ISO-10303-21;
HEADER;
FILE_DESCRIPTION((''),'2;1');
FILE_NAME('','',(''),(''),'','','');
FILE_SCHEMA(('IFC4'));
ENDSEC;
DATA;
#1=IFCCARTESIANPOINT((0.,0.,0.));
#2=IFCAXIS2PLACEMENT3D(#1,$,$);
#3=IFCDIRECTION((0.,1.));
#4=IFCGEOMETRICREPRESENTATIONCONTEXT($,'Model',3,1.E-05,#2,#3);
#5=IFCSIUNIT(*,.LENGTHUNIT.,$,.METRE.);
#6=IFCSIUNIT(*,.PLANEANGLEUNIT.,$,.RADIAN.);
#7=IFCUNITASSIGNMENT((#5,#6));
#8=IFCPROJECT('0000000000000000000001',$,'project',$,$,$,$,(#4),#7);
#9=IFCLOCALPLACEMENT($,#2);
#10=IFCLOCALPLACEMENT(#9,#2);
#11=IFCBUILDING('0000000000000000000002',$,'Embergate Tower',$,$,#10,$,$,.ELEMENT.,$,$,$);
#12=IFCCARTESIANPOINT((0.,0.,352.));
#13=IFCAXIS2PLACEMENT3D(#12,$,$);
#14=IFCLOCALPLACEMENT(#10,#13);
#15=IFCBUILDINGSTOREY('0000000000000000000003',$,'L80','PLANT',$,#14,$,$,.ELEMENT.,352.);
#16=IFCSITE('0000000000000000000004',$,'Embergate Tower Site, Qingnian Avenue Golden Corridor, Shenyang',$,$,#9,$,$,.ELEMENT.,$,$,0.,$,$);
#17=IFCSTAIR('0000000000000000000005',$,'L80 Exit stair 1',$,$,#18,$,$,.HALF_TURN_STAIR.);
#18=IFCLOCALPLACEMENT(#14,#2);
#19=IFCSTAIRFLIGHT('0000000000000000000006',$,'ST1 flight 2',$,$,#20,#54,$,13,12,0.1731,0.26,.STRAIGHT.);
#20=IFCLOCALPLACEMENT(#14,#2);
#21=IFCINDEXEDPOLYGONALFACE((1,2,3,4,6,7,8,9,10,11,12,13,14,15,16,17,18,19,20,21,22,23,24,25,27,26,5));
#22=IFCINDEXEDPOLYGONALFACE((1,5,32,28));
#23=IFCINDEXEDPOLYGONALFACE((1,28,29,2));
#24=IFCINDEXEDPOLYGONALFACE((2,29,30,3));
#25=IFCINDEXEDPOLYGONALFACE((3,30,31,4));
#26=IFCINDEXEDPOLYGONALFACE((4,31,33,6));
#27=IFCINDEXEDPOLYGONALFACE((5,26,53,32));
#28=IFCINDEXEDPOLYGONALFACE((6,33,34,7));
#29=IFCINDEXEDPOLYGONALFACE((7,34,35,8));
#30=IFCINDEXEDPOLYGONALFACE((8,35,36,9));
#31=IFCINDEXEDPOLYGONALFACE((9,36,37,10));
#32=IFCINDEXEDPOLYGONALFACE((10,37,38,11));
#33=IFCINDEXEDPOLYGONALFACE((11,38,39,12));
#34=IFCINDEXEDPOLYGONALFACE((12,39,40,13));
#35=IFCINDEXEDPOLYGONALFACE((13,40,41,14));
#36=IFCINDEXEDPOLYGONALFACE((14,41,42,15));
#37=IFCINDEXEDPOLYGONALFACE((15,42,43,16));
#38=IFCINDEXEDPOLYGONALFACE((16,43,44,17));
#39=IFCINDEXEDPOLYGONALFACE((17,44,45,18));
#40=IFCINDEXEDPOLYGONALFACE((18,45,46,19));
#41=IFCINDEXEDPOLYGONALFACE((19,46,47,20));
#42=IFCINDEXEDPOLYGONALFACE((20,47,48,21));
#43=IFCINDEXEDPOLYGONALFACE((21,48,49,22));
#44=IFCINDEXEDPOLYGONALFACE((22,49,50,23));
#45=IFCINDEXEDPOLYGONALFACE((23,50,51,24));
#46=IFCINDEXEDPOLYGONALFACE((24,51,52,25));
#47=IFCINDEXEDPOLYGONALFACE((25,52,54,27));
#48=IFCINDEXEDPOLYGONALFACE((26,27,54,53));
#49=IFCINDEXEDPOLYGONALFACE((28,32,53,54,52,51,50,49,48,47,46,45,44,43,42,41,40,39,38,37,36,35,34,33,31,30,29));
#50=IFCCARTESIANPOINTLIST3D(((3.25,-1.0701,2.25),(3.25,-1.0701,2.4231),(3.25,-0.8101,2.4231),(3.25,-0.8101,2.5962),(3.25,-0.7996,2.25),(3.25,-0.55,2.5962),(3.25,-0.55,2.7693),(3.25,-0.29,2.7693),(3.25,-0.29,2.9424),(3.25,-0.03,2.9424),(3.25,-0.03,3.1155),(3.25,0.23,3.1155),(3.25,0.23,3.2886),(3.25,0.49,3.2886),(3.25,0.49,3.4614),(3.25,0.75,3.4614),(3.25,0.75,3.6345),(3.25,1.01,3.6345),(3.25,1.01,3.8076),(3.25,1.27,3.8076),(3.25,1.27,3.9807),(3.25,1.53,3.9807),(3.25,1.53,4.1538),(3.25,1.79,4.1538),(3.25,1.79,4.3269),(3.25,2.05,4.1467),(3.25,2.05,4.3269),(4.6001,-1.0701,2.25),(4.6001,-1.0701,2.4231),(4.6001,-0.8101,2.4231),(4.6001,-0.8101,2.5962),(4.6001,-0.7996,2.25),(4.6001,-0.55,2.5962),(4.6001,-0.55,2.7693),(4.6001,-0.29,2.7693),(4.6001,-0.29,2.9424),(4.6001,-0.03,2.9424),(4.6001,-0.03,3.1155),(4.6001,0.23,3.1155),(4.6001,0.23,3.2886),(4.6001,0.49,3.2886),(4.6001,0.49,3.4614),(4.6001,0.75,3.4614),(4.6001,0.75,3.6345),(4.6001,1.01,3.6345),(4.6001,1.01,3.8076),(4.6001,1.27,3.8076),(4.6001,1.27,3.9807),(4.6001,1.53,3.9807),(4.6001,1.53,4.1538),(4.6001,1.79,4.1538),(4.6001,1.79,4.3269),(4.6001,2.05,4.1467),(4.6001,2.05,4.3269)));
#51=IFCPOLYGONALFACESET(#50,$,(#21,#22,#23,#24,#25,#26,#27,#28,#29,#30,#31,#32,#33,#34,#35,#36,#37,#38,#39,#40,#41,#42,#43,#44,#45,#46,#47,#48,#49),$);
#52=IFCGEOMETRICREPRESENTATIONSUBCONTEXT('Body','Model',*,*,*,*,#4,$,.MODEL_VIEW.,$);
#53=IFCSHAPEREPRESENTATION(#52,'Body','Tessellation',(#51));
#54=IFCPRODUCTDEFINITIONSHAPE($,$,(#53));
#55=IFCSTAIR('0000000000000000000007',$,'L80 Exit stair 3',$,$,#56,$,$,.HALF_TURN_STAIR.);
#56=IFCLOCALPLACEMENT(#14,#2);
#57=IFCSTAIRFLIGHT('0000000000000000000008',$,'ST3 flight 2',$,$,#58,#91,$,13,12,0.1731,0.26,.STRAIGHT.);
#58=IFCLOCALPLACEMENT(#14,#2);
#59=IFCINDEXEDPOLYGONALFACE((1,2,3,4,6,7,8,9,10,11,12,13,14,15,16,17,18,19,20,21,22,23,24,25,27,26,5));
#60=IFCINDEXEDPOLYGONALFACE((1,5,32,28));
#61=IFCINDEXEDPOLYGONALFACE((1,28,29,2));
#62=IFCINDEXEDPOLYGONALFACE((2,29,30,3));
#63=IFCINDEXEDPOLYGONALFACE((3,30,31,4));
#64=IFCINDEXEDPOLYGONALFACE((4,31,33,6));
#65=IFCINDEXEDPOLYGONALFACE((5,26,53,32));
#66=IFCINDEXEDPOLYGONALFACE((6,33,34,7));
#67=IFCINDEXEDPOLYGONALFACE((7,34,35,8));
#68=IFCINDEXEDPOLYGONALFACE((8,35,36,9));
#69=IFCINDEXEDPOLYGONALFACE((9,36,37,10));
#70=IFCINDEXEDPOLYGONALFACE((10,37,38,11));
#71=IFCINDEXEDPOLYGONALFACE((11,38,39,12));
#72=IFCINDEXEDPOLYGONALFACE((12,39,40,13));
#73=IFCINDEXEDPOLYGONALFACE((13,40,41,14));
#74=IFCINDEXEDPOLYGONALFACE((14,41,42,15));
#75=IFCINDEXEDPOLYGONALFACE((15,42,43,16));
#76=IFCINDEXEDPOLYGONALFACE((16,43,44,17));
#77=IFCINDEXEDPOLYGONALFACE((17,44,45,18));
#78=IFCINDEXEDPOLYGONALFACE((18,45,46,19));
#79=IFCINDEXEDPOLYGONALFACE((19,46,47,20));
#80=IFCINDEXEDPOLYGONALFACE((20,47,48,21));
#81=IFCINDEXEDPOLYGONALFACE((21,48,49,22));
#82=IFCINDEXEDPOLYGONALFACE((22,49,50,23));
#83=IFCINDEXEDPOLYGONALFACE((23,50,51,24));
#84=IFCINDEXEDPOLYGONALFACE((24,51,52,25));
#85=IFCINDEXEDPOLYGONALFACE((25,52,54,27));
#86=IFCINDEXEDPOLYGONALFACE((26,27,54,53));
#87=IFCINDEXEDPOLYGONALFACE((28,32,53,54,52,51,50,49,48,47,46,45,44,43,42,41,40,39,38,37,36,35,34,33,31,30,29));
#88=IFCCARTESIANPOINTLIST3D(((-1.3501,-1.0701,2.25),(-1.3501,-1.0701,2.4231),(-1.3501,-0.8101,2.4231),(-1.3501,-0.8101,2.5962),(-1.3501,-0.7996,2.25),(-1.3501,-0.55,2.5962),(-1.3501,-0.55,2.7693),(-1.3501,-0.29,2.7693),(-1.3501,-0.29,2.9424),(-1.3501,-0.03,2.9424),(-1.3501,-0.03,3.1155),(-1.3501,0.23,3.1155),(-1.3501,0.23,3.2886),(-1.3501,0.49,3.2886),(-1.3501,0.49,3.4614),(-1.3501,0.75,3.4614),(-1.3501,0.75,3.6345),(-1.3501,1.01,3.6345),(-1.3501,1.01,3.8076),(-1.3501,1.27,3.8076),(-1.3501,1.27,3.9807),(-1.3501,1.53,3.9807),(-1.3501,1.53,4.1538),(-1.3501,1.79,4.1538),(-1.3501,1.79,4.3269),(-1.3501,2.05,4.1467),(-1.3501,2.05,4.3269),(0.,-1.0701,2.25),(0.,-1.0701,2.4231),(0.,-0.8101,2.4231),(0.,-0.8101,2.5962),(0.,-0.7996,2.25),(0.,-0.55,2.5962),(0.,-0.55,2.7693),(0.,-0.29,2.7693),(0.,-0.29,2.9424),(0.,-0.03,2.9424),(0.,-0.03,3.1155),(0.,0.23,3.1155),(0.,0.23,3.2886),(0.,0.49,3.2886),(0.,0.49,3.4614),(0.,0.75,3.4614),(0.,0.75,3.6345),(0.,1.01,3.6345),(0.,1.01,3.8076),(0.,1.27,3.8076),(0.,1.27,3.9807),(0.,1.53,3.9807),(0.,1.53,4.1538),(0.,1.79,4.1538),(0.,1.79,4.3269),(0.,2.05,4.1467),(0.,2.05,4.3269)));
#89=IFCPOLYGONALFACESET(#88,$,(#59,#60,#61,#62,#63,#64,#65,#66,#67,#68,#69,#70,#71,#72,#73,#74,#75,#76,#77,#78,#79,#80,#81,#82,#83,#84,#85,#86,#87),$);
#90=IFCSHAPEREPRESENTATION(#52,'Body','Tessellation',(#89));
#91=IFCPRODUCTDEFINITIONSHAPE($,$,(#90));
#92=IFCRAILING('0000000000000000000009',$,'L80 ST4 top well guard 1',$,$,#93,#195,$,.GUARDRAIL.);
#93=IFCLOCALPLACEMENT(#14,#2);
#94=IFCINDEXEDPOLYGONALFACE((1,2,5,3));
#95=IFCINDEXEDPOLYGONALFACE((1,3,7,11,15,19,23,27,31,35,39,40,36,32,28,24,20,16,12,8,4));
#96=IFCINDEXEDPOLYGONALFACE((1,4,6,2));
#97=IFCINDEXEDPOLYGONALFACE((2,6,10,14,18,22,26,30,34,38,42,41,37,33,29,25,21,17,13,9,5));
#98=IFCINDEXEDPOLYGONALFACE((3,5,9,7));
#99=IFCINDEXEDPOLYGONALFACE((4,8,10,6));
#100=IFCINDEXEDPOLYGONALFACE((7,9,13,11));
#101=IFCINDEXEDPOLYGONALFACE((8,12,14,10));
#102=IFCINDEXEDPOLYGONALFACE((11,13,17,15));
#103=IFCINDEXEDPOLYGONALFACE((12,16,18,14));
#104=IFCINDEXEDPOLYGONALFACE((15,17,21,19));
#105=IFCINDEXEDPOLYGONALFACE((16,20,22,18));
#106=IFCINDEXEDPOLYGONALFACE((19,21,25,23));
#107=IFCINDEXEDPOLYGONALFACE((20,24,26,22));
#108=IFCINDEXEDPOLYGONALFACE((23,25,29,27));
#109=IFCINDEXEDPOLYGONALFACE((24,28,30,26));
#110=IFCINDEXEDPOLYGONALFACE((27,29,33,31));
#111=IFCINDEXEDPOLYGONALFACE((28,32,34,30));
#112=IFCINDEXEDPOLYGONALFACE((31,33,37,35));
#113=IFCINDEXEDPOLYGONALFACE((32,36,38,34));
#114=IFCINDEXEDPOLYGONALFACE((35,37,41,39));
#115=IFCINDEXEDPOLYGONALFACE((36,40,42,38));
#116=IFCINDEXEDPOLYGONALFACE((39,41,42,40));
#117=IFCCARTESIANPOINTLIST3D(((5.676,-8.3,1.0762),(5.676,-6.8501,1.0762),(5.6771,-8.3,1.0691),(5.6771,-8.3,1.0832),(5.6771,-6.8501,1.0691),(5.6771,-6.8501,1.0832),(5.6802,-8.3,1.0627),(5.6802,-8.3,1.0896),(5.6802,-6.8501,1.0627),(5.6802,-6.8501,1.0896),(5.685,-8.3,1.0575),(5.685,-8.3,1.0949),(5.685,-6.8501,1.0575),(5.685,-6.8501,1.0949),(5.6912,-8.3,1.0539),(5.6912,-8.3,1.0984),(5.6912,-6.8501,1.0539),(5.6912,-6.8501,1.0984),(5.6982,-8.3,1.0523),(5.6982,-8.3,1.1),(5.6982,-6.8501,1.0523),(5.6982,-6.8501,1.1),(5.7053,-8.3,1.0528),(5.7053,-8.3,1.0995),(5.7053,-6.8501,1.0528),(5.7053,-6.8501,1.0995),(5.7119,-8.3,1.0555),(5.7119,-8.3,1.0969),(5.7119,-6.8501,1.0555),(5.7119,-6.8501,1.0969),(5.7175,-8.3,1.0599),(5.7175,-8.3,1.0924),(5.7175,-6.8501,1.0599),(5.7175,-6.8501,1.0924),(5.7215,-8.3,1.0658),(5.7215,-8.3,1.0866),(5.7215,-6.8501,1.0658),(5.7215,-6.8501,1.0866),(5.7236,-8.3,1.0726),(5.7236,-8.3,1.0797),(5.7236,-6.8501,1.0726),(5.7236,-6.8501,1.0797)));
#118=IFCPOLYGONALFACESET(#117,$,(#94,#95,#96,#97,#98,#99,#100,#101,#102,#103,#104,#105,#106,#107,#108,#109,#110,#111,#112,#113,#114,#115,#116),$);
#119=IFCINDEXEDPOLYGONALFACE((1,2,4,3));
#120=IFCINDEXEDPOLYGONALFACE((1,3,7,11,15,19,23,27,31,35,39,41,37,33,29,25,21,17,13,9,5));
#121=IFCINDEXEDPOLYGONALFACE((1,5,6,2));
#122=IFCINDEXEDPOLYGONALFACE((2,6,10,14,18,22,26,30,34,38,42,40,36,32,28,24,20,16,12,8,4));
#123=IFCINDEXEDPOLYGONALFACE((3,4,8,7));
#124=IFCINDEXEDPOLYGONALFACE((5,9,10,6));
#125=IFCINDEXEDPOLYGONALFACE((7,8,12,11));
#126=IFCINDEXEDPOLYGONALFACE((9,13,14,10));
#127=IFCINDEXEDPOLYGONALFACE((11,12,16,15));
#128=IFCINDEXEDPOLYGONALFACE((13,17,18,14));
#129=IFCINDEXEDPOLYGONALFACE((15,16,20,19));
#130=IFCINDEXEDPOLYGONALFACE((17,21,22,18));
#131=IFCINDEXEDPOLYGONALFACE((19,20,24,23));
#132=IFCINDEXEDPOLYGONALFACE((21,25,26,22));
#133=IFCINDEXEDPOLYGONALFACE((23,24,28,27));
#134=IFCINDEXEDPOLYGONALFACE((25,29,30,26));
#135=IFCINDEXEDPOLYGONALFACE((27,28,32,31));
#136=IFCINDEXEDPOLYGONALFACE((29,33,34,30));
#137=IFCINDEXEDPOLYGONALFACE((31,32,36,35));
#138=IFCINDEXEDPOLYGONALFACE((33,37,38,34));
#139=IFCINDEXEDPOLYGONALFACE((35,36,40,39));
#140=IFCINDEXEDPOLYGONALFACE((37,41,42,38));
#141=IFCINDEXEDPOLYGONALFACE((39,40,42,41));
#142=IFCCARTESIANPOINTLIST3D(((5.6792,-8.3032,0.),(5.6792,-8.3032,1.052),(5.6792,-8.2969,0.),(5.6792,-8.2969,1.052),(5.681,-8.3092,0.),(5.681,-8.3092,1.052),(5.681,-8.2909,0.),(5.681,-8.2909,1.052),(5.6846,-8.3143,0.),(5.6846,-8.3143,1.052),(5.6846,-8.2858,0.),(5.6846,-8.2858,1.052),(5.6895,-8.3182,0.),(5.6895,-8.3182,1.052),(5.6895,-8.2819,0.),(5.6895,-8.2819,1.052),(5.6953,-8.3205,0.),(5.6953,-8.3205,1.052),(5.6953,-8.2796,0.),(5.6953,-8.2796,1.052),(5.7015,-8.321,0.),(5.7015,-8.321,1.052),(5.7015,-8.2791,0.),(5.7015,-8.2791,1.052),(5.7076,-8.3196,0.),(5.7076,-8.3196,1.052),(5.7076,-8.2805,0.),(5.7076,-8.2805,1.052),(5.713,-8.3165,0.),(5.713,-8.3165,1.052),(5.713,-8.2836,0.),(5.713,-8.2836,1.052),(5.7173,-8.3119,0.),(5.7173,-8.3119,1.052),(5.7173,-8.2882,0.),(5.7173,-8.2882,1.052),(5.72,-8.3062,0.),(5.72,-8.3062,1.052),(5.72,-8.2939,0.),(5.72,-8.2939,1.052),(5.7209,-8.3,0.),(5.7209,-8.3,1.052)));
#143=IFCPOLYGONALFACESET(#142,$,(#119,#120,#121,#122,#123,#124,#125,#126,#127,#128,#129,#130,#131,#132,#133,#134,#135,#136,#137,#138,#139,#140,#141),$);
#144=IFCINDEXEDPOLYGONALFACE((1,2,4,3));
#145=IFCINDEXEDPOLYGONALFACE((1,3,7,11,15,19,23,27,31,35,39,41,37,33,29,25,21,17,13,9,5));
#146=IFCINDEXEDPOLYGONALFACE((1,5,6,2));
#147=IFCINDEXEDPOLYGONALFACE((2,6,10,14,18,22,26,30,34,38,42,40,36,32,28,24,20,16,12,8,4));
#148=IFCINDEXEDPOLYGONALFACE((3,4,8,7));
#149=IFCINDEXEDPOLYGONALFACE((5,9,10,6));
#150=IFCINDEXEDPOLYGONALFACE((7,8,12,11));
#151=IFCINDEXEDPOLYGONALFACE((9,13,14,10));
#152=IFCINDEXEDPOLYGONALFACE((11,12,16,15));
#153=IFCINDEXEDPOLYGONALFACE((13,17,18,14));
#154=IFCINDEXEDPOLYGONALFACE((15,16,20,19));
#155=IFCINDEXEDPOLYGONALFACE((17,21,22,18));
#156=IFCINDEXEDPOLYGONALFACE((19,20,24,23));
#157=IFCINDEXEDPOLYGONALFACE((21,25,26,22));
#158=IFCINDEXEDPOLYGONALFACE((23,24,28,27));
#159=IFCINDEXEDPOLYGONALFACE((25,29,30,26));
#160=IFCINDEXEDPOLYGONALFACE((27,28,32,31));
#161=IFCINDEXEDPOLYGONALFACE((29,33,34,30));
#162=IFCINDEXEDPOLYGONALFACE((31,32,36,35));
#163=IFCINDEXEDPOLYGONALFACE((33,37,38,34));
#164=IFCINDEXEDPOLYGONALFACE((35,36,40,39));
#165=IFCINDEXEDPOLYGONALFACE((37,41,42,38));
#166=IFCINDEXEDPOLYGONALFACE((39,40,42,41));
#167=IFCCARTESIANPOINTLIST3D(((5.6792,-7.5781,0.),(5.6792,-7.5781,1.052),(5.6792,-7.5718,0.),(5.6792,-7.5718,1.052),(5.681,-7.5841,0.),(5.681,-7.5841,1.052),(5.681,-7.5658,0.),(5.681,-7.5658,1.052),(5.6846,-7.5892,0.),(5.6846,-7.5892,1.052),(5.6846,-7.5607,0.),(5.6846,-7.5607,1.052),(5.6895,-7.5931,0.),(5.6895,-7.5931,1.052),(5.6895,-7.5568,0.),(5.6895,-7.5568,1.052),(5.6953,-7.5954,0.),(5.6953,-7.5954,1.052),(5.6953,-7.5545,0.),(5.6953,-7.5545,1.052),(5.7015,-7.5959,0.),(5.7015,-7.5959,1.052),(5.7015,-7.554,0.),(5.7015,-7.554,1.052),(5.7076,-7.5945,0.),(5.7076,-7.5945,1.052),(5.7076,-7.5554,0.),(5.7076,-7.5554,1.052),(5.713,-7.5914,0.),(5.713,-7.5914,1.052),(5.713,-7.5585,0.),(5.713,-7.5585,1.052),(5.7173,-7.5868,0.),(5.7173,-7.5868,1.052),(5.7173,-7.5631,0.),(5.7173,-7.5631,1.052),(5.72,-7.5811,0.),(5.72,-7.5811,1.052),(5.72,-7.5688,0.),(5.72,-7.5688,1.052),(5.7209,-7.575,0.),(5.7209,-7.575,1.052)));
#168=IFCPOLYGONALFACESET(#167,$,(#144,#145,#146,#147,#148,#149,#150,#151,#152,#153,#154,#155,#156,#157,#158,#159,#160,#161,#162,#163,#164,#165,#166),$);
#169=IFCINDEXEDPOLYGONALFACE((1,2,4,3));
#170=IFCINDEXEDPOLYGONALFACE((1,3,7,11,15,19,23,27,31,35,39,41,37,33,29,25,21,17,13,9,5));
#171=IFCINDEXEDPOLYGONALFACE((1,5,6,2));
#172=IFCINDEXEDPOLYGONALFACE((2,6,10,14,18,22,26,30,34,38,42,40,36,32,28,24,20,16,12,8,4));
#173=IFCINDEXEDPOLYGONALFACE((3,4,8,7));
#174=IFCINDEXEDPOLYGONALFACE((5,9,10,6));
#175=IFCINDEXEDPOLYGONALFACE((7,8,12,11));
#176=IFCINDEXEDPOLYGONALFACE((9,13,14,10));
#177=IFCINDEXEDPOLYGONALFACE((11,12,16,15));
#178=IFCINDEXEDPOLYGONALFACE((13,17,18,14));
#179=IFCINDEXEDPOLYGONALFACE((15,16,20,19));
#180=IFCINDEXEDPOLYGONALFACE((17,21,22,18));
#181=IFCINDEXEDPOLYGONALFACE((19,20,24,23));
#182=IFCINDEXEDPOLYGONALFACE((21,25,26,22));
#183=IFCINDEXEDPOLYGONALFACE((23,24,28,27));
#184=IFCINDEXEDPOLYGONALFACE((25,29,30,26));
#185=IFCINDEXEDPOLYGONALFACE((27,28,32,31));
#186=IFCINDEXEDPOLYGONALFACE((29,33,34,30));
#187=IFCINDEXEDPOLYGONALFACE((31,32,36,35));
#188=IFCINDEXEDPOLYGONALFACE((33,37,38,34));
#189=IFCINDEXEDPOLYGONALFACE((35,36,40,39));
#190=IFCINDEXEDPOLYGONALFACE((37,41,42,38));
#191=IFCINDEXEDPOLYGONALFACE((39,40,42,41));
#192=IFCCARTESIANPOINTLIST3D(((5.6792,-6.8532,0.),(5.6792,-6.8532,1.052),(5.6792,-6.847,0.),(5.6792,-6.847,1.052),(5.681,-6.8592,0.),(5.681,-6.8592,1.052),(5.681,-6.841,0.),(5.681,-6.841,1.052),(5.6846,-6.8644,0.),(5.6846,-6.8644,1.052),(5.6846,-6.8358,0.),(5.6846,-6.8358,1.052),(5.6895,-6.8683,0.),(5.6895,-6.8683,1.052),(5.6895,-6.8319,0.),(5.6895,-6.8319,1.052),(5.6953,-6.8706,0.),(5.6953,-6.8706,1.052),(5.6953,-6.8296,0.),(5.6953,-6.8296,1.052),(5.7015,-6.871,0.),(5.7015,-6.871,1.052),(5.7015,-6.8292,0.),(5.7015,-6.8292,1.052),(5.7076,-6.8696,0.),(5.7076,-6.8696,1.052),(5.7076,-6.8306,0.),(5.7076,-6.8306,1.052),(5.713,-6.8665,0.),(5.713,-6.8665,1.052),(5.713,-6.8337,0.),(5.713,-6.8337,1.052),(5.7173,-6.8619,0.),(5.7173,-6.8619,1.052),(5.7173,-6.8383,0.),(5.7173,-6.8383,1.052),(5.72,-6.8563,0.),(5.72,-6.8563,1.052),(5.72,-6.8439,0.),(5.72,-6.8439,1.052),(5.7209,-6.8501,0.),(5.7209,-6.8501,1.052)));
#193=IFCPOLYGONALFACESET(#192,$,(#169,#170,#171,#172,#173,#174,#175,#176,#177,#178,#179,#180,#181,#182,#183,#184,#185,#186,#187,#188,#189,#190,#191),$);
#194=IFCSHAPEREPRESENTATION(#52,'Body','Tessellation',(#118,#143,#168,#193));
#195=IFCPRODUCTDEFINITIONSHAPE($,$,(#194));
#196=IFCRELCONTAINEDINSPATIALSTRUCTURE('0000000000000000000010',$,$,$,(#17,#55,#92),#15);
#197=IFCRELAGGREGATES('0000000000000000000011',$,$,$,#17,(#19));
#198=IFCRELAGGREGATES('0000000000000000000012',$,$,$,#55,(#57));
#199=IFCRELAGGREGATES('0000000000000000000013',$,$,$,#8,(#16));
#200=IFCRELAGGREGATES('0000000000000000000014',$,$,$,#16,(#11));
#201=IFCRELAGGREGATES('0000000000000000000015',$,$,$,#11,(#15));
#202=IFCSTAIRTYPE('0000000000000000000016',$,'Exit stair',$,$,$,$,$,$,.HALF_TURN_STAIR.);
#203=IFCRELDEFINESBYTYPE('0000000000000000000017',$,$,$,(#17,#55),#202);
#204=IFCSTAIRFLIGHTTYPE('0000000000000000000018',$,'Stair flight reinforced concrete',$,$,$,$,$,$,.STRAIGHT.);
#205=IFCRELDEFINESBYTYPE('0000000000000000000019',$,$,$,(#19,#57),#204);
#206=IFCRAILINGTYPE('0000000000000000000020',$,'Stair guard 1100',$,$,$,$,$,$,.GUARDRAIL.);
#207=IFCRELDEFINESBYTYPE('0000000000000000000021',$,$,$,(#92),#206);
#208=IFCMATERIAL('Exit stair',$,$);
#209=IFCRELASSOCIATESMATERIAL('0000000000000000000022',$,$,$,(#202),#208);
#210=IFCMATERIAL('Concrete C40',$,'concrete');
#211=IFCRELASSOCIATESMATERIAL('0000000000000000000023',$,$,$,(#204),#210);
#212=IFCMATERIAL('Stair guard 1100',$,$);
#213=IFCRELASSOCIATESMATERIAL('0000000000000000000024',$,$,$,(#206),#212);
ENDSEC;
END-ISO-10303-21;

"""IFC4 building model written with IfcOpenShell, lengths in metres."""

from ifc_helpers import new_model, si_unit, direction, frame, origin, origin_2d, place, context, subcontext, project, spatial, polyline, circle, outline, extrude, source, transform, mapped, material, type_object, element, aggregate, save


model = new_model("IFC4")

# Units and contexts
model_context = context("Model", 3, precision=1e-05, world=origin(), true_north=direction((0.0, 1.0)))
body_context = subcontext(model_context, "Body", "Model", "MODEL_VIEW")
ifc_project = project(units=[si_unit("LENGTHUNIT", "METRE"), si_unit("PLANEANGLEUNIT", "RADIAN")], contexts=[model_context])

# Site, building, storey
site_placement = place(None, origin())
site = spatial("IfcSite", under=ifc_project, at=site_placement, Name="Embergate Tower Site, Qingnian Avenue Golden Corridor, Shenyang", CompositionType="ELEMENT", RefElevation=0.0)
building_placement = place(site_placement, origin())
building = spatial("IfcBuilding", under=site, at=building_placement, Name="Embergate Tower", CompositionType="ELEMENT")
storey_placement = place(building_placement, frame((0.0, 0.0, 352.0)))
storey = spatial("IfcBuildingStorey", under=building, at=storey_placement, Name="L80", Description="PLANT", CompositionType="ELEMENT", Elevation=352.0)

# Stair
ifc_material_1 = material(Name="Exit stair")
stair_type = type_object("IfcStairType", Name="Exit stair", PredefinedType="HALF_TURN_STAIR", material=ifc_material_1)
stair_1_placement = place(storey_placement, origin())
stair_1 = element("IfcStair", 1, at=stair_1_placement, inside=storey, type_object=stair_type, Name="L80 Exit stair 1", PredefinedType="HALF_TURN_STAIR")
ifc_material_2 = material(Name="Concrete C40", Category="concrete")

# Stair flight
stair_flight_type = type_object("IfcStairFlightType", Name="Stair flight reinforced concrete", PredefinedType="STRAIGHT", material=ifc_material_2)
shared_shape_1 = source(origin(), body_context, "Body", "SweptSolid", [
    extrude(outline(polyline([(0.0, 0.0), (0.0, 0.1731), (0.26, 0.1731), (0.26, 0.3462), (0.52, 0.3462), (0.52, 0.5193), (0.78, 0.5193), (0.78, 0.6924), (1.04, 0.6924), (1.04, 0.8655), (1.3, 0.8655), (1.3, 1.0386), (1.5601, 1.0386), (1.5601, 1.2114), (1.8201, 1.2114), (1.8201, 1.3845), (2.0801, 1.3845), (2.0801, 1.5576), (2.3401, 1.5576), (2.3401, 1.7307), (2.6001, 1.7307), (2.6001, 1.9038), (2.8601, 1.9038), (2.8601, 2.0769), (3.1201, 2.0769), (3.1201, 2.25), (3.1201, 1.8967), (0.2705, 0.0), (0.0, 0.0)])), frame((0.0, 0.675, 0.0), z_axis=(0.0, -1.0, 0.0), x_axis=(1.0, 0.0, 0.0)), (0.0, 0.0, 1.0), 1.3501),
])
stair_flight_1_placement = place(storey_placement, frame((3.925, -1.0701, 2.25), z_axis=(0.0, 0.0, 1.0), x_axis=(0.0, 1.0, 0.0)))
stair_flight_1 = element("IfcStairFlight", 2, at=stair_flight_1_placement, type_object=stair_flight_type, Name="ST1 flight 2", NumberOfRisers=13, NumberOfTreads=12, PredefinedType="STRAIGHT", RiserHeight=0.1731, TreadLength=0.26, context=body_context, shape_type="MappedRepresentation", body=[
    mapped(shared_shape_1, transform((0.0, 0.0, 0.0))),
])
aggregate(stair_1, [stair_flight_1])

# Stair, stair flight
stair_2_placement = place(storey_placement, origin())
stair_2 = element("IfcStair", 3, at=stair_2_placement, inside=storey, type_object=stair_type, Name="L80 Exit stair 3", PredefinedType="HALF_TURN_STAIR")
stair_flight_2_placement = place(storey_placement, frame((-0.675, -1.0701, 2.25), z_axis=(0.0, 0.0, 1.0), x_axis=(0.0, 1.0, 0.0)))
stair_flight_2 = element("IfcStairFlight", 4, at=stair_flight_2_placement, type_object=stair_flight_type, Name="ST3 flight 2", NumberOfRisers=13, NumberOfTreads=12, PredefinedType="STRAIGHT", RiserHeight=0.1731, TreadLength=0.26, context=body_context, shape_type="MappedRepresentation", body=[
    mapped(shared_shape_1, transform((0.0, 0.0, 0.0))),
])
aggregate(stair_2, [stair_flight_2])

# Railing
ifc_material_3 = material(Name="Stair guard 1100")
railing_type = type_object("IfcRailingType", Name="Stair guard 1100", PredefinedType="GUARDRAIL", material=ifc_material_3)
shared_shape_2 = source(origin(), body_context, "Body", "SweptSolid", [
    extrude(circle(Radius=0.0239, at=origin_2d()), frame((0.0, 0.0, 1.0762), z_axis=(0.0, 1.0, 0.0), x_axis=(-1.0, 0.0, 0.0)), (0.0, 0.0, 1.0), 1.45),
    extrude(circle(Radius=0.021, at=origin_2d()), origin(), (0.0, 0.0, 1.0), 1.052),
    extrude(circle(Radius=0.021, at=origin_2d()), frame((0.0, 0.7251, 0.0)), (0.0, 0.0, 1.0), 1.052),
    extrude(circle(Radius=0.021, at=origin_2d()), frame((0.0, 1.45, 0.0)), (0.0, 0.0, 1.0), 1.052),
])
railing_placement = place(storey_placement, frame((5.7, -8.3, 0.0)))
element("IfcRailing", 5, at=railing_placement, inside=storey, type_object=railing_type, Name="L80 ST4 top well guard 1", PredefinedType="GUARDRAIL", context=body_context, shape_type="MappedRepresentation", body=[
    mapped(shared_shape_2, transform((0.0, 0.0, 0.0))),
])

save(model, "model.ifc")
